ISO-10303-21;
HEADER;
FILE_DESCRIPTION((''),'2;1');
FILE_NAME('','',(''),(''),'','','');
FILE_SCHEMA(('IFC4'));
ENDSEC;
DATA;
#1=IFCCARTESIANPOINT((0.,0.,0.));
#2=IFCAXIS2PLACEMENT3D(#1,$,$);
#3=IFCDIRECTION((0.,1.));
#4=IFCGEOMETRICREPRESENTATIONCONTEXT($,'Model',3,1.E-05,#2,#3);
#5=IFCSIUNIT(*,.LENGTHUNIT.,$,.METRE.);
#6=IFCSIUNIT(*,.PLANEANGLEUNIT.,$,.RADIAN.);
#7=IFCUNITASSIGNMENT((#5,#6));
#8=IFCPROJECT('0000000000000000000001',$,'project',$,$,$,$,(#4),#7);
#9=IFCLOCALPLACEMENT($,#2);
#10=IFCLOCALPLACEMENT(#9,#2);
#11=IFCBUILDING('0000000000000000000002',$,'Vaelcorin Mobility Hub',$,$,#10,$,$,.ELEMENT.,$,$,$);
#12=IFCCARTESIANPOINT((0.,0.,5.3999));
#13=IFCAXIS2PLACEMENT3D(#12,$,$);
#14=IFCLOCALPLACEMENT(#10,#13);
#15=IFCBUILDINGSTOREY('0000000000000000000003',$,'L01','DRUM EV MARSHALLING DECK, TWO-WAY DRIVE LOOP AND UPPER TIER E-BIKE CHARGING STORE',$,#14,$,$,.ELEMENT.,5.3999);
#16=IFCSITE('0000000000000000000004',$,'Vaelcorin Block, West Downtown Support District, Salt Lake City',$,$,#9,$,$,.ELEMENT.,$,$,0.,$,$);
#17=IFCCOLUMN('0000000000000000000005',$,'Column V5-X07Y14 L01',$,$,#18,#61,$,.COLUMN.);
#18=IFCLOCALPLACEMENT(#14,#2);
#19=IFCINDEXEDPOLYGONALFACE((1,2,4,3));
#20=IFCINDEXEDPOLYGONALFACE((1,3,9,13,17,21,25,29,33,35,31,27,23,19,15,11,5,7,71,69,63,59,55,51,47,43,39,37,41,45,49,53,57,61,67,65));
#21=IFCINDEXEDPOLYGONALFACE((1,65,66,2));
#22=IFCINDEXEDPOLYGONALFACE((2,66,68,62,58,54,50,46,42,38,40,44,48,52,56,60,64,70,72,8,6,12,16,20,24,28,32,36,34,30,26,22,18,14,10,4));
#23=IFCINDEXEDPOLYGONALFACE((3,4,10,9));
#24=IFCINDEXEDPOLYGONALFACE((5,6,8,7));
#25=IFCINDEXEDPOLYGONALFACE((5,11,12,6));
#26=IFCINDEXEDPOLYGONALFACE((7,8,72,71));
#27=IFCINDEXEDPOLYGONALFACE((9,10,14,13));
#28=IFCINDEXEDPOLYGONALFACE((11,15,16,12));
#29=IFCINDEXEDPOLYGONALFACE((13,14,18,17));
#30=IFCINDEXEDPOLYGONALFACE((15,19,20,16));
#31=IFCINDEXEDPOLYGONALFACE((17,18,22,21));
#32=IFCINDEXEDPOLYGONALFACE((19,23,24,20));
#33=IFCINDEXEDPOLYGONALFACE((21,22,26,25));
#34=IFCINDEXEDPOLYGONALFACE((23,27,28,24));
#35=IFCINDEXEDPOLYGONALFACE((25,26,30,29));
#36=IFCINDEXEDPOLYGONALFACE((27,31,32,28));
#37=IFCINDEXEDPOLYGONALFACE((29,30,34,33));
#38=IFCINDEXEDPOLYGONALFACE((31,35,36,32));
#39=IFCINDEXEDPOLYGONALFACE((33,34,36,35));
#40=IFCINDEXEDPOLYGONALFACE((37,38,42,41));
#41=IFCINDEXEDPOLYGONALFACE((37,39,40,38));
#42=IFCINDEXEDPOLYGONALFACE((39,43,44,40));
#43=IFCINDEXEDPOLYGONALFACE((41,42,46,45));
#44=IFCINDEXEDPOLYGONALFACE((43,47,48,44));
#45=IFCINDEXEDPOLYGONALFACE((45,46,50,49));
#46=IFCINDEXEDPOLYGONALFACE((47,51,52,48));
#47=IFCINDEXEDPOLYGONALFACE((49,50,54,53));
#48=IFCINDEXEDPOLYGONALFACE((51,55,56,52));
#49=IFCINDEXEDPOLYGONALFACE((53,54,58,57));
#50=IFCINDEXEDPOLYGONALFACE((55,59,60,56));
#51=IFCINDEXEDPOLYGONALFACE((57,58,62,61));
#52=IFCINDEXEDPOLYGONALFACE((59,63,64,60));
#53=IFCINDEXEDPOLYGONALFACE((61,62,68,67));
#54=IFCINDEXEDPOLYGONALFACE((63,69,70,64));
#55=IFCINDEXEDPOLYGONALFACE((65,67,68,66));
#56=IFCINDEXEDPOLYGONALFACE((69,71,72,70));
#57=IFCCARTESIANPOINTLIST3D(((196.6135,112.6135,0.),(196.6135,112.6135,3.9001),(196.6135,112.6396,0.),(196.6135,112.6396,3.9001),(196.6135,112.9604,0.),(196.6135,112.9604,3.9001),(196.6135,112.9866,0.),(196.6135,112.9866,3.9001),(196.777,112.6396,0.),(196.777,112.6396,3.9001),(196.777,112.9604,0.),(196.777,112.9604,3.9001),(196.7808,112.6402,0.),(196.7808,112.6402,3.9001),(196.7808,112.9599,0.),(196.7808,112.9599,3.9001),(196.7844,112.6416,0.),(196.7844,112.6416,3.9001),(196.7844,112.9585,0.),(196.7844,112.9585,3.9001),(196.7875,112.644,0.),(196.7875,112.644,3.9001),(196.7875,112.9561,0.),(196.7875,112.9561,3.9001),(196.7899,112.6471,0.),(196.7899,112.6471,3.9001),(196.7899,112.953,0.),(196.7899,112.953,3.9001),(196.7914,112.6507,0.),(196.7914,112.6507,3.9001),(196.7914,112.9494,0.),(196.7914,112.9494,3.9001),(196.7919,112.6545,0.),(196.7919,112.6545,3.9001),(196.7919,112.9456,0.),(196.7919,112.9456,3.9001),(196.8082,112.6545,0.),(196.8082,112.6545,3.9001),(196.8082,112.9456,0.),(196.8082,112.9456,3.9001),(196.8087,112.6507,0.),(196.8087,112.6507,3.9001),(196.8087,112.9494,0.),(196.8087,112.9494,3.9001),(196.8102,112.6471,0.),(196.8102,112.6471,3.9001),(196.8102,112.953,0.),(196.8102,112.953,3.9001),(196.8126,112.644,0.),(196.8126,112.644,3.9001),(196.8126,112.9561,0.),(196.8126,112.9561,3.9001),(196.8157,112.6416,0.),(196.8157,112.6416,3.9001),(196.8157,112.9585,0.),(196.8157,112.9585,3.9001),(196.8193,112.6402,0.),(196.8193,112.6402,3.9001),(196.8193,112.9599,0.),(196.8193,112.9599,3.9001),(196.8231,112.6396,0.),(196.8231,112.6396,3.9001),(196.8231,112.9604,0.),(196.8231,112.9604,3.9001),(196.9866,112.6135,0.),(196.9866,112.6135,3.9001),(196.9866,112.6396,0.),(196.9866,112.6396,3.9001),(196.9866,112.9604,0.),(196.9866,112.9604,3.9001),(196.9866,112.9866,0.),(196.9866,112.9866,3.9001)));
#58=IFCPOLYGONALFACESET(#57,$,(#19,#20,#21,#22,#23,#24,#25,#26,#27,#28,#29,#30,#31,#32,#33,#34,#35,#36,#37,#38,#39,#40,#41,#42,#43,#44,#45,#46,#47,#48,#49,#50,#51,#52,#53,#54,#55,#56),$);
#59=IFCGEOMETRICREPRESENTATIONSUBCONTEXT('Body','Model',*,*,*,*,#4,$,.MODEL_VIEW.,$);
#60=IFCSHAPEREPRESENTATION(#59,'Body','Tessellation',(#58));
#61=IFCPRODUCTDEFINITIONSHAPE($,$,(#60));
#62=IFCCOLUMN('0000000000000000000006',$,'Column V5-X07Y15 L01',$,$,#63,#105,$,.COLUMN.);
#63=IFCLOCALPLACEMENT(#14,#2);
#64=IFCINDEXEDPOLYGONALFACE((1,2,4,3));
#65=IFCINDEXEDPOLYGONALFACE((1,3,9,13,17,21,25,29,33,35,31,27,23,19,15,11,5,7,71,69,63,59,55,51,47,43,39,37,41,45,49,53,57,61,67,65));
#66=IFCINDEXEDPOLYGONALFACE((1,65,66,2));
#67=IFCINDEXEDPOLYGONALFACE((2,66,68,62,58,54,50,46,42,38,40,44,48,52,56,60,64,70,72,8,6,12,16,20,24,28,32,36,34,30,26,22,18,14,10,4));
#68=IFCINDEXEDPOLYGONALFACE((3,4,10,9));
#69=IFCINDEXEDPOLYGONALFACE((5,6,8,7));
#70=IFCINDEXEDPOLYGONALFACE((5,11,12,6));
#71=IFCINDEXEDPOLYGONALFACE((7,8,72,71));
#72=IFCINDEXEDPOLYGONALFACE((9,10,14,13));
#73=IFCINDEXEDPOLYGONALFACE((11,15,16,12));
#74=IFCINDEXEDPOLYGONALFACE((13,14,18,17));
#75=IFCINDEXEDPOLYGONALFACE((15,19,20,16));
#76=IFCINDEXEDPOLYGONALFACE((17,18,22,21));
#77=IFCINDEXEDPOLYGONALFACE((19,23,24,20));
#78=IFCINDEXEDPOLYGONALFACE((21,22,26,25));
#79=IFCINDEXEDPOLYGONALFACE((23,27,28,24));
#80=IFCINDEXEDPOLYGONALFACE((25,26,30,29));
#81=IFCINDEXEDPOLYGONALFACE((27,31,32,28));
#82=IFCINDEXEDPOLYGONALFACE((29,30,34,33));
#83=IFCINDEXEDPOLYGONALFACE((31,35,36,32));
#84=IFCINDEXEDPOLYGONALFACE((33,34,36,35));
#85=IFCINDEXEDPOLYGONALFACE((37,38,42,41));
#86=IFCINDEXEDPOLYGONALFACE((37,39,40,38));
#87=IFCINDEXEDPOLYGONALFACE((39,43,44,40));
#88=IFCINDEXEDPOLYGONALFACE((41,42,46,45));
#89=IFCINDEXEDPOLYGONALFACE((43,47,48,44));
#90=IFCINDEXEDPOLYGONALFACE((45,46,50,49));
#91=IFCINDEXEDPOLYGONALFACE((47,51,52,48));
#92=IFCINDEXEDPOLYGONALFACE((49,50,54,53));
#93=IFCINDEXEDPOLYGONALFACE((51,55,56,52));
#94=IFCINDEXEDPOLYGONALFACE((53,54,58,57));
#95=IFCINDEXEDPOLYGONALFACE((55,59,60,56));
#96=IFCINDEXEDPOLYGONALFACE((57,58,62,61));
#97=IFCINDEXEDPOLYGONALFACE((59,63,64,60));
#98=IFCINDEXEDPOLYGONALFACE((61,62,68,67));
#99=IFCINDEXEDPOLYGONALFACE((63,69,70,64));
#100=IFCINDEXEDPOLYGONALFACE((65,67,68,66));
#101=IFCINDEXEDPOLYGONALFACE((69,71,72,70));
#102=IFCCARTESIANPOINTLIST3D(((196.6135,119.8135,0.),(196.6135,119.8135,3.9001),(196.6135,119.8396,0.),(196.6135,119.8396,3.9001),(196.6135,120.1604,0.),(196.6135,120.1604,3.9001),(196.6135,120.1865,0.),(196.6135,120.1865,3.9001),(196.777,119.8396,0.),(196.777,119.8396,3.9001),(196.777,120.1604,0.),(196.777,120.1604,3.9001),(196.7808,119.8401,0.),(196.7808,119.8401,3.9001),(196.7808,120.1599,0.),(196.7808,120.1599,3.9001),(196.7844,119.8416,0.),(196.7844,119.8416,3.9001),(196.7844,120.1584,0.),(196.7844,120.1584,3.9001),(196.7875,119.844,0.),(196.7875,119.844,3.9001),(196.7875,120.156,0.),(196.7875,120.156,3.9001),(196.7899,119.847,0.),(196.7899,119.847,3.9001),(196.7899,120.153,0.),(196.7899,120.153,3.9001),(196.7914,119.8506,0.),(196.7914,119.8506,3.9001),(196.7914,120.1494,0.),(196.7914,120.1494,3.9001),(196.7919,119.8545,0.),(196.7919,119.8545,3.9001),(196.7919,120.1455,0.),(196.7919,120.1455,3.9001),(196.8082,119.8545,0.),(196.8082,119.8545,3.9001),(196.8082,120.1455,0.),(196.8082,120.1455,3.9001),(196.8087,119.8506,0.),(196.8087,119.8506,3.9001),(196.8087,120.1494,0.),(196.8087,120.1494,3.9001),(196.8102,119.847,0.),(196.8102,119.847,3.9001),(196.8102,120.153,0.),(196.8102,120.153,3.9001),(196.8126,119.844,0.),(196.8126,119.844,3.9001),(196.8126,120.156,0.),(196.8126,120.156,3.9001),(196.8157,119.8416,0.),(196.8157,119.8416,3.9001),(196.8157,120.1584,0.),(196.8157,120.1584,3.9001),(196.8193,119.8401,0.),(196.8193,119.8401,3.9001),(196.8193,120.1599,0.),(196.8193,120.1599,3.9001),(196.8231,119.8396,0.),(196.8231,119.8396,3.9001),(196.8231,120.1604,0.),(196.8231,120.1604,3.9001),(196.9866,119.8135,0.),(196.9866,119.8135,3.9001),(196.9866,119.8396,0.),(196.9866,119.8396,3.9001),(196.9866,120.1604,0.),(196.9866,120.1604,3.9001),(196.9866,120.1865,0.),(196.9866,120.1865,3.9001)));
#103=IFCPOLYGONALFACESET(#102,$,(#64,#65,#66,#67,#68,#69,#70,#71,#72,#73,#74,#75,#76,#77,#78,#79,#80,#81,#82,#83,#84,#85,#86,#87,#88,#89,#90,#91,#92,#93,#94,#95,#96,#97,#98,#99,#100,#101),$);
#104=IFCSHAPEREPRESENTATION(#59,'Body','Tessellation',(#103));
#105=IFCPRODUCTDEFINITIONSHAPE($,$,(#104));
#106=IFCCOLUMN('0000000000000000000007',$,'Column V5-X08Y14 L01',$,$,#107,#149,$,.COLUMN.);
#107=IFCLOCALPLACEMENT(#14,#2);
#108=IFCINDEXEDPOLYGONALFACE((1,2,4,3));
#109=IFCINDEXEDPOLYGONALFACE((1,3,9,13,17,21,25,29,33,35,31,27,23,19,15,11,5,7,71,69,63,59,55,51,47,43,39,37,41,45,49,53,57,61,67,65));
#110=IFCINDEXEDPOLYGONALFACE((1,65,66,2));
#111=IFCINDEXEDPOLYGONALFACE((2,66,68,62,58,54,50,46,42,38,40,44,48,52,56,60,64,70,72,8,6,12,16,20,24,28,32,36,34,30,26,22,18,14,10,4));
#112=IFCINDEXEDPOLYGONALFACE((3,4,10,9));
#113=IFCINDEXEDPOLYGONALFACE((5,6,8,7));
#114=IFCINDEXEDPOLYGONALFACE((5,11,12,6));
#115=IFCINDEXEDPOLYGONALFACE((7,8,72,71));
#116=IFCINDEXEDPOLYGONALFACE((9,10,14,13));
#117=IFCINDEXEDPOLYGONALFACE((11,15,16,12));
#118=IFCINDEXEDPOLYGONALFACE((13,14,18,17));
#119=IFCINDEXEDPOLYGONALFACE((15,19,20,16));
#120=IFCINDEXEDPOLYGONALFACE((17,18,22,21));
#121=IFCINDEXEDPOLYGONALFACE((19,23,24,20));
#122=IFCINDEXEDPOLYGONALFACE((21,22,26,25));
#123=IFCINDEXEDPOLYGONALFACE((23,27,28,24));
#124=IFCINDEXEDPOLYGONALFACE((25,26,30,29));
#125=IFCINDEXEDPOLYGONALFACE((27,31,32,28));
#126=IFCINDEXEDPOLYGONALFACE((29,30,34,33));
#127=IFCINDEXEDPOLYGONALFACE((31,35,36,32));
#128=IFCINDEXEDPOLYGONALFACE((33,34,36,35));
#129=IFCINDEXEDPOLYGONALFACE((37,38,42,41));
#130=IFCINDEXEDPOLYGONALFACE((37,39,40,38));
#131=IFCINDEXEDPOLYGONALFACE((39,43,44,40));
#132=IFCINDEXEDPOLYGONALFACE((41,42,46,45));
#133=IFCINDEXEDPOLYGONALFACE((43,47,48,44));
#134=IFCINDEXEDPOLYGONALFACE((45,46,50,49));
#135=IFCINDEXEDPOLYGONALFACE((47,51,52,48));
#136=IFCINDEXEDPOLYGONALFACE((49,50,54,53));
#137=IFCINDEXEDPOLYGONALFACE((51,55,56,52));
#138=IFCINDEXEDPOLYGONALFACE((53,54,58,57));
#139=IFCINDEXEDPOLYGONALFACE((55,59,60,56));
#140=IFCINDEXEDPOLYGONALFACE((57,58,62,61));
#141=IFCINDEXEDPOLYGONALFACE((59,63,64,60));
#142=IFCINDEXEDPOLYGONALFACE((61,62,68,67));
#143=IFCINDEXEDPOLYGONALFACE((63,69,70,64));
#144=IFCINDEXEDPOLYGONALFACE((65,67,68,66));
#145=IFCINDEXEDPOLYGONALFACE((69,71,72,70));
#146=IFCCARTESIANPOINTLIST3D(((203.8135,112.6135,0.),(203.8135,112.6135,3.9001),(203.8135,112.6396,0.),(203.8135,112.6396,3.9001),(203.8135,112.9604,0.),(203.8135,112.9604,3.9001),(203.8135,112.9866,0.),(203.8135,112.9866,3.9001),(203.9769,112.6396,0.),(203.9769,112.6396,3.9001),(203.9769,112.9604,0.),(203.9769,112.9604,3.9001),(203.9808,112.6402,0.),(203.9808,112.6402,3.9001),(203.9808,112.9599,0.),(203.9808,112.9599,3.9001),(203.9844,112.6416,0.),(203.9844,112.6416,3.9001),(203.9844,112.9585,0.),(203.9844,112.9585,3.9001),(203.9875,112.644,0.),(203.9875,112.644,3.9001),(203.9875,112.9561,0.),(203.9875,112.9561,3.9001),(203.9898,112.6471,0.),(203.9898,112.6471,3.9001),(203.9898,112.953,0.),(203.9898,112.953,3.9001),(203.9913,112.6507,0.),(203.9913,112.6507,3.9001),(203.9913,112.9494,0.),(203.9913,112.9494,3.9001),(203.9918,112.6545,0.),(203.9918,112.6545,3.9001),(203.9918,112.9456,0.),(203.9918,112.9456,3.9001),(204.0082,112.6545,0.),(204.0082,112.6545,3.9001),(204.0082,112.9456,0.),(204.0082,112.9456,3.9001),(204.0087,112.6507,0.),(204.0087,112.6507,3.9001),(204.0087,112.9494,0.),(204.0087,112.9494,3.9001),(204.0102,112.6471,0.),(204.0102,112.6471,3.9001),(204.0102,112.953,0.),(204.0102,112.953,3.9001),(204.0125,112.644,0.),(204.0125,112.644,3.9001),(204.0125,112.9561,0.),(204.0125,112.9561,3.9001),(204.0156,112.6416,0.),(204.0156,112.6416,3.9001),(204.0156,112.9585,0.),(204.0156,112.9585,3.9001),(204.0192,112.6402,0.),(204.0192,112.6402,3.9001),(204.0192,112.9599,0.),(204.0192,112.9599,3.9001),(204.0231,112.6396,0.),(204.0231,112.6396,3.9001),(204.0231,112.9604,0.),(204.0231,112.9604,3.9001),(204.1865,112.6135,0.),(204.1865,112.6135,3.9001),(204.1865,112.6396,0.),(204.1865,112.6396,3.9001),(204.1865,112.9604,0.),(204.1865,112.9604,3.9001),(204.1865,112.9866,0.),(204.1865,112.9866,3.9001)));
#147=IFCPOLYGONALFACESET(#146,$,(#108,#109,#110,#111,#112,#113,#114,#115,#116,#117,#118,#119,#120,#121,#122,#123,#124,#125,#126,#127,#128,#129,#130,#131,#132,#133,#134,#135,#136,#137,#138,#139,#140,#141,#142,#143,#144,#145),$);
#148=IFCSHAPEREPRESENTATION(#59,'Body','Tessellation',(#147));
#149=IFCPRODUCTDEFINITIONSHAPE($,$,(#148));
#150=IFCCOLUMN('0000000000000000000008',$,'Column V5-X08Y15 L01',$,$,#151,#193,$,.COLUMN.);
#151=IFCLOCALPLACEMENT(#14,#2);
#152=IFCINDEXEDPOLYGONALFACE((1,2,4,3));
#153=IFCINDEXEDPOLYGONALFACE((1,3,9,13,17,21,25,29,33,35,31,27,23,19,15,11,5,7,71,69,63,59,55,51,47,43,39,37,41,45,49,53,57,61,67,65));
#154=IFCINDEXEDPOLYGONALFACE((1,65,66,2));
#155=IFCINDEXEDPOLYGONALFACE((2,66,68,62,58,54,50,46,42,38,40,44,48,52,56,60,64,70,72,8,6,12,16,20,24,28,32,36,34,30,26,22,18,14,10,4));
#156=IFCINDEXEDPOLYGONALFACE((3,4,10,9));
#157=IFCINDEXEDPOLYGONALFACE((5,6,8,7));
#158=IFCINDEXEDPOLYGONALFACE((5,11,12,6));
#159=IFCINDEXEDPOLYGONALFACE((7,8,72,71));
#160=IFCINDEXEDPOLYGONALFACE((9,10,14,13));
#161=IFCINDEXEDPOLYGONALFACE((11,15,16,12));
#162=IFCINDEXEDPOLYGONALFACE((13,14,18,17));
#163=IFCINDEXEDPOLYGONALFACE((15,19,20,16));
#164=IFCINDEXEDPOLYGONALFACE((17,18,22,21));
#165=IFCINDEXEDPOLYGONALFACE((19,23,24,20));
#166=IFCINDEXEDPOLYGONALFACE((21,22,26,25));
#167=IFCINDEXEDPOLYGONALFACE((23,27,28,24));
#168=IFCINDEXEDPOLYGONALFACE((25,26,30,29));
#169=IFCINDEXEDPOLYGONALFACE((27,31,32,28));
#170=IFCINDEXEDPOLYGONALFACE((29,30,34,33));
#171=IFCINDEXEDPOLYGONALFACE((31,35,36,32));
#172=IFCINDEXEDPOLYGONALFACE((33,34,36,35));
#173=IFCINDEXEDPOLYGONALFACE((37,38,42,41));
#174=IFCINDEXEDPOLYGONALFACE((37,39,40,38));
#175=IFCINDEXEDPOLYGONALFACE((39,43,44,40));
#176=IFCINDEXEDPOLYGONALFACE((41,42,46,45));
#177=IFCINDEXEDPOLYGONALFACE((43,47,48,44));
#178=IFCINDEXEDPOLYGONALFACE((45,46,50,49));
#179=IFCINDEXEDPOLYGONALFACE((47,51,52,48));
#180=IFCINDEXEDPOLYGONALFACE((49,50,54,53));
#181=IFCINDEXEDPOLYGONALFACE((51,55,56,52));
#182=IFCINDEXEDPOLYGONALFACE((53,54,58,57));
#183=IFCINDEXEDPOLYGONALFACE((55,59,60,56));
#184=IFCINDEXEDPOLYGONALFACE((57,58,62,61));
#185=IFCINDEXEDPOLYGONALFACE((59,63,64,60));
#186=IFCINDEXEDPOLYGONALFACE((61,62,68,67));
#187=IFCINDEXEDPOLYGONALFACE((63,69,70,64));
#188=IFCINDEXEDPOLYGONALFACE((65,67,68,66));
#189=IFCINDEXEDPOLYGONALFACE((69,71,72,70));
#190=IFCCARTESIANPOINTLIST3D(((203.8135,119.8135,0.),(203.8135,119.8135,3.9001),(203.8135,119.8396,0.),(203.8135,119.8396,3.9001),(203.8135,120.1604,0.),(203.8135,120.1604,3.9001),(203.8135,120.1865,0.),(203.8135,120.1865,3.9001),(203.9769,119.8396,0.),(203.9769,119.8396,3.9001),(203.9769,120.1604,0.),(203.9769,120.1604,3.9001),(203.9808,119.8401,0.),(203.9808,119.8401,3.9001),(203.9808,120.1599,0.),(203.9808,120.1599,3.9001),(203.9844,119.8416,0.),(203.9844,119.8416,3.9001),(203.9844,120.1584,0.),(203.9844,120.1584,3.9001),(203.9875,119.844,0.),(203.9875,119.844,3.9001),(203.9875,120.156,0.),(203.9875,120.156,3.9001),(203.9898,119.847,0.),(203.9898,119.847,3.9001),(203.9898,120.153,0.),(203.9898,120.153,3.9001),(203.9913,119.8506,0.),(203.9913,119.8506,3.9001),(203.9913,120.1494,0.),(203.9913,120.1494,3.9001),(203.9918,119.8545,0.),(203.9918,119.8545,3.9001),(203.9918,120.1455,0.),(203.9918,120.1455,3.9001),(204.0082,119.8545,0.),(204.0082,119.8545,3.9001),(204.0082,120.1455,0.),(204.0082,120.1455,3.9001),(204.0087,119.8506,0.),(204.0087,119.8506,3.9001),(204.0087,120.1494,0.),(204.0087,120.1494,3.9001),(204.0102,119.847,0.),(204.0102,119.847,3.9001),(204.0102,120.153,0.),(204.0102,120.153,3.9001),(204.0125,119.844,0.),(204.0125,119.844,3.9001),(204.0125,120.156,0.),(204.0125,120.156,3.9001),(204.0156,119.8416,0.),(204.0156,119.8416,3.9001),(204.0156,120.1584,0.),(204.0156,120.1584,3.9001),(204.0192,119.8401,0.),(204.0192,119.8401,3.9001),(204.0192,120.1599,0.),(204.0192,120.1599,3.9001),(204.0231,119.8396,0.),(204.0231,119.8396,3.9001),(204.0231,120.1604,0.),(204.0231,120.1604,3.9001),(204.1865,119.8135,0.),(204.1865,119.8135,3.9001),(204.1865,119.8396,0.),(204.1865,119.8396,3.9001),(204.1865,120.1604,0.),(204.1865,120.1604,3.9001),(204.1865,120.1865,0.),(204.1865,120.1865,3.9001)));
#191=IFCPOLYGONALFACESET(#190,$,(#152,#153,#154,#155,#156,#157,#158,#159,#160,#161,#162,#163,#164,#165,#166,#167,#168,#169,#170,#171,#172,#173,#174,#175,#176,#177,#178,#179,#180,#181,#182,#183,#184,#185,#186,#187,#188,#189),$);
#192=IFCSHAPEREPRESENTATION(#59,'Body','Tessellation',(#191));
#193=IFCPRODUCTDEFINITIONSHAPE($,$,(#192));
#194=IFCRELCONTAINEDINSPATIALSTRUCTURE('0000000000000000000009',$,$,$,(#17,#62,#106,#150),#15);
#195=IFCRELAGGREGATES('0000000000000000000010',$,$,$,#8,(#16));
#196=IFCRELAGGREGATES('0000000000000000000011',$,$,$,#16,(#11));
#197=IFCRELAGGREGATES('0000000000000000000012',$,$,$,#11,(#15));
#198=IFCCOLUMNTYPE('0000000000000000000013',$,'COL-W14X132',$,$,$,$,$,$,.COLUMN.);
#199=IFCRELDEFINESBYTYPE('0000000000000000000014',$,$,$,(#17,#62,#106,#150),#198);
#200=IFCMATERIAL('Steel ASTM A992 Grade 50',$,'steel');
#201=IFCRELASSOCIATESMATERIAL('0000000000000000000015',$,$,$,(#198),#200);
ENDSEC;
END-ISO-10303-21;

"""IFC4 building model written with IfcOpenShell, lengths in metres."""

from ifc_helpers import new_model, si_unit, direction, frame, origin, origin_2d, place, context, subcontext, project, spatial, i_section, extrude, material, material_profile, profile_set, type_object, element, save


model = new_model("IFC4")

# Units and contexts
model_context = context("Model", 3, precision=1e-05, world=origin(), true_north=direction((0.0, 1.0)))
body_context = subcontext(model_context, "Body", "Model", "MODEL_VIEW")
ifc_project = project(units=[si_unit("LENGTHUNIT", "METRE"), si_unit("PLANEANGLEUNIT", "RADIAN")], contexts=[model_context])

# Site, building, storey
site_placement = place(None, origin())
site = spatial("IfcSite", under=ifc_project, at=site_placement, Name="Vaelcorin Block, West Downtown Support District, Salt Lake City", CompositionType="ELEMENT", RefElevation=0.0)
building_placement = place(site_placement, origin())
building = spatial("IfcBuilding", under=site, at=building_placement, Name="Vaelcorin Mobility Hub", CompositionType="ELEMENT")
storey_placement = place(building_placement, frame((0.0, 0.0, 5.3999)))
storey = spatial("IfcBuildingStorey", under=building, at=storey_placement, Name="L01", Description="DRUM EV MARSHALLING DECK, TWO-WAY DRIVE LOOP AND UPPER TIER E-BIKE CHARGING STORE", CompositionType="ELEMENT", Elevation=5.3999)

# Columns
ifc_material_1 = material(Name="Steel ASTM A992 Grade 50", Category="steel")
ifc_material_profile_1 = material_profile(ifc_material_1, i_section(OverallWidth=0.373, OverallDepth=0.373, WebThickness=0.0164, FlangeThickness=0.0261, FilletRadius=0.0149, at=origin_2d()), Name="W14X132")
ifc_profile_set_1 = profile_set([ifc_material_profile_1], Name="Steel ASTM A992 Grade 50")
column_type = type_object("IfcColumnType", Name="COL-W14X132", PredefinedType="COLUMN", material=ifc_profile_set_1)
for number, where, z_axis, x_axis, name in (
    (1, (196.8, 112.8, 0.0), (0.0, 0.0, 1.0), (1.0, 0.0, 0.0), "Column V5-X07Y14 L01"),
    (2, (196.8, 120.0, 0.0), (0.0, 0.0, 1.0), (1.0, 0.0, 0.0), "Column V5-X07Y15 L01"),
    (3, (204.0, 112.8, 0.0), (0.0, 0.0, 1.0), (1.0, 0.0, 0.0), "Column V5-X08Y14 L01"),
    (4, (204.0, 120.0, 0.0), (0.0, 0.0, 1.0), (1.0, 0.0, 0.0), "Column V5-X08Y15 L01"),
):
    element("IfcColumn", number, at=place(storey_placement, frame(where, z_axis=z_axis, x_axis=x_axis)), inside=storey, type_object=column_type, Name=name, PredefinedType="COLUMN", context=body_context, shape_type="SweptSolid", body=[
        extrude(i_section(OverallWidth=0.373, OverallDepth=0.373, WebThickness=0.0164, FlangeThickness=0.0261, FilletRadius=0.0149, at=origin_2d()), origin(), (0.0, 0.0, 1.0), 3.9001),
    ])

save(model, "model.ifc")
